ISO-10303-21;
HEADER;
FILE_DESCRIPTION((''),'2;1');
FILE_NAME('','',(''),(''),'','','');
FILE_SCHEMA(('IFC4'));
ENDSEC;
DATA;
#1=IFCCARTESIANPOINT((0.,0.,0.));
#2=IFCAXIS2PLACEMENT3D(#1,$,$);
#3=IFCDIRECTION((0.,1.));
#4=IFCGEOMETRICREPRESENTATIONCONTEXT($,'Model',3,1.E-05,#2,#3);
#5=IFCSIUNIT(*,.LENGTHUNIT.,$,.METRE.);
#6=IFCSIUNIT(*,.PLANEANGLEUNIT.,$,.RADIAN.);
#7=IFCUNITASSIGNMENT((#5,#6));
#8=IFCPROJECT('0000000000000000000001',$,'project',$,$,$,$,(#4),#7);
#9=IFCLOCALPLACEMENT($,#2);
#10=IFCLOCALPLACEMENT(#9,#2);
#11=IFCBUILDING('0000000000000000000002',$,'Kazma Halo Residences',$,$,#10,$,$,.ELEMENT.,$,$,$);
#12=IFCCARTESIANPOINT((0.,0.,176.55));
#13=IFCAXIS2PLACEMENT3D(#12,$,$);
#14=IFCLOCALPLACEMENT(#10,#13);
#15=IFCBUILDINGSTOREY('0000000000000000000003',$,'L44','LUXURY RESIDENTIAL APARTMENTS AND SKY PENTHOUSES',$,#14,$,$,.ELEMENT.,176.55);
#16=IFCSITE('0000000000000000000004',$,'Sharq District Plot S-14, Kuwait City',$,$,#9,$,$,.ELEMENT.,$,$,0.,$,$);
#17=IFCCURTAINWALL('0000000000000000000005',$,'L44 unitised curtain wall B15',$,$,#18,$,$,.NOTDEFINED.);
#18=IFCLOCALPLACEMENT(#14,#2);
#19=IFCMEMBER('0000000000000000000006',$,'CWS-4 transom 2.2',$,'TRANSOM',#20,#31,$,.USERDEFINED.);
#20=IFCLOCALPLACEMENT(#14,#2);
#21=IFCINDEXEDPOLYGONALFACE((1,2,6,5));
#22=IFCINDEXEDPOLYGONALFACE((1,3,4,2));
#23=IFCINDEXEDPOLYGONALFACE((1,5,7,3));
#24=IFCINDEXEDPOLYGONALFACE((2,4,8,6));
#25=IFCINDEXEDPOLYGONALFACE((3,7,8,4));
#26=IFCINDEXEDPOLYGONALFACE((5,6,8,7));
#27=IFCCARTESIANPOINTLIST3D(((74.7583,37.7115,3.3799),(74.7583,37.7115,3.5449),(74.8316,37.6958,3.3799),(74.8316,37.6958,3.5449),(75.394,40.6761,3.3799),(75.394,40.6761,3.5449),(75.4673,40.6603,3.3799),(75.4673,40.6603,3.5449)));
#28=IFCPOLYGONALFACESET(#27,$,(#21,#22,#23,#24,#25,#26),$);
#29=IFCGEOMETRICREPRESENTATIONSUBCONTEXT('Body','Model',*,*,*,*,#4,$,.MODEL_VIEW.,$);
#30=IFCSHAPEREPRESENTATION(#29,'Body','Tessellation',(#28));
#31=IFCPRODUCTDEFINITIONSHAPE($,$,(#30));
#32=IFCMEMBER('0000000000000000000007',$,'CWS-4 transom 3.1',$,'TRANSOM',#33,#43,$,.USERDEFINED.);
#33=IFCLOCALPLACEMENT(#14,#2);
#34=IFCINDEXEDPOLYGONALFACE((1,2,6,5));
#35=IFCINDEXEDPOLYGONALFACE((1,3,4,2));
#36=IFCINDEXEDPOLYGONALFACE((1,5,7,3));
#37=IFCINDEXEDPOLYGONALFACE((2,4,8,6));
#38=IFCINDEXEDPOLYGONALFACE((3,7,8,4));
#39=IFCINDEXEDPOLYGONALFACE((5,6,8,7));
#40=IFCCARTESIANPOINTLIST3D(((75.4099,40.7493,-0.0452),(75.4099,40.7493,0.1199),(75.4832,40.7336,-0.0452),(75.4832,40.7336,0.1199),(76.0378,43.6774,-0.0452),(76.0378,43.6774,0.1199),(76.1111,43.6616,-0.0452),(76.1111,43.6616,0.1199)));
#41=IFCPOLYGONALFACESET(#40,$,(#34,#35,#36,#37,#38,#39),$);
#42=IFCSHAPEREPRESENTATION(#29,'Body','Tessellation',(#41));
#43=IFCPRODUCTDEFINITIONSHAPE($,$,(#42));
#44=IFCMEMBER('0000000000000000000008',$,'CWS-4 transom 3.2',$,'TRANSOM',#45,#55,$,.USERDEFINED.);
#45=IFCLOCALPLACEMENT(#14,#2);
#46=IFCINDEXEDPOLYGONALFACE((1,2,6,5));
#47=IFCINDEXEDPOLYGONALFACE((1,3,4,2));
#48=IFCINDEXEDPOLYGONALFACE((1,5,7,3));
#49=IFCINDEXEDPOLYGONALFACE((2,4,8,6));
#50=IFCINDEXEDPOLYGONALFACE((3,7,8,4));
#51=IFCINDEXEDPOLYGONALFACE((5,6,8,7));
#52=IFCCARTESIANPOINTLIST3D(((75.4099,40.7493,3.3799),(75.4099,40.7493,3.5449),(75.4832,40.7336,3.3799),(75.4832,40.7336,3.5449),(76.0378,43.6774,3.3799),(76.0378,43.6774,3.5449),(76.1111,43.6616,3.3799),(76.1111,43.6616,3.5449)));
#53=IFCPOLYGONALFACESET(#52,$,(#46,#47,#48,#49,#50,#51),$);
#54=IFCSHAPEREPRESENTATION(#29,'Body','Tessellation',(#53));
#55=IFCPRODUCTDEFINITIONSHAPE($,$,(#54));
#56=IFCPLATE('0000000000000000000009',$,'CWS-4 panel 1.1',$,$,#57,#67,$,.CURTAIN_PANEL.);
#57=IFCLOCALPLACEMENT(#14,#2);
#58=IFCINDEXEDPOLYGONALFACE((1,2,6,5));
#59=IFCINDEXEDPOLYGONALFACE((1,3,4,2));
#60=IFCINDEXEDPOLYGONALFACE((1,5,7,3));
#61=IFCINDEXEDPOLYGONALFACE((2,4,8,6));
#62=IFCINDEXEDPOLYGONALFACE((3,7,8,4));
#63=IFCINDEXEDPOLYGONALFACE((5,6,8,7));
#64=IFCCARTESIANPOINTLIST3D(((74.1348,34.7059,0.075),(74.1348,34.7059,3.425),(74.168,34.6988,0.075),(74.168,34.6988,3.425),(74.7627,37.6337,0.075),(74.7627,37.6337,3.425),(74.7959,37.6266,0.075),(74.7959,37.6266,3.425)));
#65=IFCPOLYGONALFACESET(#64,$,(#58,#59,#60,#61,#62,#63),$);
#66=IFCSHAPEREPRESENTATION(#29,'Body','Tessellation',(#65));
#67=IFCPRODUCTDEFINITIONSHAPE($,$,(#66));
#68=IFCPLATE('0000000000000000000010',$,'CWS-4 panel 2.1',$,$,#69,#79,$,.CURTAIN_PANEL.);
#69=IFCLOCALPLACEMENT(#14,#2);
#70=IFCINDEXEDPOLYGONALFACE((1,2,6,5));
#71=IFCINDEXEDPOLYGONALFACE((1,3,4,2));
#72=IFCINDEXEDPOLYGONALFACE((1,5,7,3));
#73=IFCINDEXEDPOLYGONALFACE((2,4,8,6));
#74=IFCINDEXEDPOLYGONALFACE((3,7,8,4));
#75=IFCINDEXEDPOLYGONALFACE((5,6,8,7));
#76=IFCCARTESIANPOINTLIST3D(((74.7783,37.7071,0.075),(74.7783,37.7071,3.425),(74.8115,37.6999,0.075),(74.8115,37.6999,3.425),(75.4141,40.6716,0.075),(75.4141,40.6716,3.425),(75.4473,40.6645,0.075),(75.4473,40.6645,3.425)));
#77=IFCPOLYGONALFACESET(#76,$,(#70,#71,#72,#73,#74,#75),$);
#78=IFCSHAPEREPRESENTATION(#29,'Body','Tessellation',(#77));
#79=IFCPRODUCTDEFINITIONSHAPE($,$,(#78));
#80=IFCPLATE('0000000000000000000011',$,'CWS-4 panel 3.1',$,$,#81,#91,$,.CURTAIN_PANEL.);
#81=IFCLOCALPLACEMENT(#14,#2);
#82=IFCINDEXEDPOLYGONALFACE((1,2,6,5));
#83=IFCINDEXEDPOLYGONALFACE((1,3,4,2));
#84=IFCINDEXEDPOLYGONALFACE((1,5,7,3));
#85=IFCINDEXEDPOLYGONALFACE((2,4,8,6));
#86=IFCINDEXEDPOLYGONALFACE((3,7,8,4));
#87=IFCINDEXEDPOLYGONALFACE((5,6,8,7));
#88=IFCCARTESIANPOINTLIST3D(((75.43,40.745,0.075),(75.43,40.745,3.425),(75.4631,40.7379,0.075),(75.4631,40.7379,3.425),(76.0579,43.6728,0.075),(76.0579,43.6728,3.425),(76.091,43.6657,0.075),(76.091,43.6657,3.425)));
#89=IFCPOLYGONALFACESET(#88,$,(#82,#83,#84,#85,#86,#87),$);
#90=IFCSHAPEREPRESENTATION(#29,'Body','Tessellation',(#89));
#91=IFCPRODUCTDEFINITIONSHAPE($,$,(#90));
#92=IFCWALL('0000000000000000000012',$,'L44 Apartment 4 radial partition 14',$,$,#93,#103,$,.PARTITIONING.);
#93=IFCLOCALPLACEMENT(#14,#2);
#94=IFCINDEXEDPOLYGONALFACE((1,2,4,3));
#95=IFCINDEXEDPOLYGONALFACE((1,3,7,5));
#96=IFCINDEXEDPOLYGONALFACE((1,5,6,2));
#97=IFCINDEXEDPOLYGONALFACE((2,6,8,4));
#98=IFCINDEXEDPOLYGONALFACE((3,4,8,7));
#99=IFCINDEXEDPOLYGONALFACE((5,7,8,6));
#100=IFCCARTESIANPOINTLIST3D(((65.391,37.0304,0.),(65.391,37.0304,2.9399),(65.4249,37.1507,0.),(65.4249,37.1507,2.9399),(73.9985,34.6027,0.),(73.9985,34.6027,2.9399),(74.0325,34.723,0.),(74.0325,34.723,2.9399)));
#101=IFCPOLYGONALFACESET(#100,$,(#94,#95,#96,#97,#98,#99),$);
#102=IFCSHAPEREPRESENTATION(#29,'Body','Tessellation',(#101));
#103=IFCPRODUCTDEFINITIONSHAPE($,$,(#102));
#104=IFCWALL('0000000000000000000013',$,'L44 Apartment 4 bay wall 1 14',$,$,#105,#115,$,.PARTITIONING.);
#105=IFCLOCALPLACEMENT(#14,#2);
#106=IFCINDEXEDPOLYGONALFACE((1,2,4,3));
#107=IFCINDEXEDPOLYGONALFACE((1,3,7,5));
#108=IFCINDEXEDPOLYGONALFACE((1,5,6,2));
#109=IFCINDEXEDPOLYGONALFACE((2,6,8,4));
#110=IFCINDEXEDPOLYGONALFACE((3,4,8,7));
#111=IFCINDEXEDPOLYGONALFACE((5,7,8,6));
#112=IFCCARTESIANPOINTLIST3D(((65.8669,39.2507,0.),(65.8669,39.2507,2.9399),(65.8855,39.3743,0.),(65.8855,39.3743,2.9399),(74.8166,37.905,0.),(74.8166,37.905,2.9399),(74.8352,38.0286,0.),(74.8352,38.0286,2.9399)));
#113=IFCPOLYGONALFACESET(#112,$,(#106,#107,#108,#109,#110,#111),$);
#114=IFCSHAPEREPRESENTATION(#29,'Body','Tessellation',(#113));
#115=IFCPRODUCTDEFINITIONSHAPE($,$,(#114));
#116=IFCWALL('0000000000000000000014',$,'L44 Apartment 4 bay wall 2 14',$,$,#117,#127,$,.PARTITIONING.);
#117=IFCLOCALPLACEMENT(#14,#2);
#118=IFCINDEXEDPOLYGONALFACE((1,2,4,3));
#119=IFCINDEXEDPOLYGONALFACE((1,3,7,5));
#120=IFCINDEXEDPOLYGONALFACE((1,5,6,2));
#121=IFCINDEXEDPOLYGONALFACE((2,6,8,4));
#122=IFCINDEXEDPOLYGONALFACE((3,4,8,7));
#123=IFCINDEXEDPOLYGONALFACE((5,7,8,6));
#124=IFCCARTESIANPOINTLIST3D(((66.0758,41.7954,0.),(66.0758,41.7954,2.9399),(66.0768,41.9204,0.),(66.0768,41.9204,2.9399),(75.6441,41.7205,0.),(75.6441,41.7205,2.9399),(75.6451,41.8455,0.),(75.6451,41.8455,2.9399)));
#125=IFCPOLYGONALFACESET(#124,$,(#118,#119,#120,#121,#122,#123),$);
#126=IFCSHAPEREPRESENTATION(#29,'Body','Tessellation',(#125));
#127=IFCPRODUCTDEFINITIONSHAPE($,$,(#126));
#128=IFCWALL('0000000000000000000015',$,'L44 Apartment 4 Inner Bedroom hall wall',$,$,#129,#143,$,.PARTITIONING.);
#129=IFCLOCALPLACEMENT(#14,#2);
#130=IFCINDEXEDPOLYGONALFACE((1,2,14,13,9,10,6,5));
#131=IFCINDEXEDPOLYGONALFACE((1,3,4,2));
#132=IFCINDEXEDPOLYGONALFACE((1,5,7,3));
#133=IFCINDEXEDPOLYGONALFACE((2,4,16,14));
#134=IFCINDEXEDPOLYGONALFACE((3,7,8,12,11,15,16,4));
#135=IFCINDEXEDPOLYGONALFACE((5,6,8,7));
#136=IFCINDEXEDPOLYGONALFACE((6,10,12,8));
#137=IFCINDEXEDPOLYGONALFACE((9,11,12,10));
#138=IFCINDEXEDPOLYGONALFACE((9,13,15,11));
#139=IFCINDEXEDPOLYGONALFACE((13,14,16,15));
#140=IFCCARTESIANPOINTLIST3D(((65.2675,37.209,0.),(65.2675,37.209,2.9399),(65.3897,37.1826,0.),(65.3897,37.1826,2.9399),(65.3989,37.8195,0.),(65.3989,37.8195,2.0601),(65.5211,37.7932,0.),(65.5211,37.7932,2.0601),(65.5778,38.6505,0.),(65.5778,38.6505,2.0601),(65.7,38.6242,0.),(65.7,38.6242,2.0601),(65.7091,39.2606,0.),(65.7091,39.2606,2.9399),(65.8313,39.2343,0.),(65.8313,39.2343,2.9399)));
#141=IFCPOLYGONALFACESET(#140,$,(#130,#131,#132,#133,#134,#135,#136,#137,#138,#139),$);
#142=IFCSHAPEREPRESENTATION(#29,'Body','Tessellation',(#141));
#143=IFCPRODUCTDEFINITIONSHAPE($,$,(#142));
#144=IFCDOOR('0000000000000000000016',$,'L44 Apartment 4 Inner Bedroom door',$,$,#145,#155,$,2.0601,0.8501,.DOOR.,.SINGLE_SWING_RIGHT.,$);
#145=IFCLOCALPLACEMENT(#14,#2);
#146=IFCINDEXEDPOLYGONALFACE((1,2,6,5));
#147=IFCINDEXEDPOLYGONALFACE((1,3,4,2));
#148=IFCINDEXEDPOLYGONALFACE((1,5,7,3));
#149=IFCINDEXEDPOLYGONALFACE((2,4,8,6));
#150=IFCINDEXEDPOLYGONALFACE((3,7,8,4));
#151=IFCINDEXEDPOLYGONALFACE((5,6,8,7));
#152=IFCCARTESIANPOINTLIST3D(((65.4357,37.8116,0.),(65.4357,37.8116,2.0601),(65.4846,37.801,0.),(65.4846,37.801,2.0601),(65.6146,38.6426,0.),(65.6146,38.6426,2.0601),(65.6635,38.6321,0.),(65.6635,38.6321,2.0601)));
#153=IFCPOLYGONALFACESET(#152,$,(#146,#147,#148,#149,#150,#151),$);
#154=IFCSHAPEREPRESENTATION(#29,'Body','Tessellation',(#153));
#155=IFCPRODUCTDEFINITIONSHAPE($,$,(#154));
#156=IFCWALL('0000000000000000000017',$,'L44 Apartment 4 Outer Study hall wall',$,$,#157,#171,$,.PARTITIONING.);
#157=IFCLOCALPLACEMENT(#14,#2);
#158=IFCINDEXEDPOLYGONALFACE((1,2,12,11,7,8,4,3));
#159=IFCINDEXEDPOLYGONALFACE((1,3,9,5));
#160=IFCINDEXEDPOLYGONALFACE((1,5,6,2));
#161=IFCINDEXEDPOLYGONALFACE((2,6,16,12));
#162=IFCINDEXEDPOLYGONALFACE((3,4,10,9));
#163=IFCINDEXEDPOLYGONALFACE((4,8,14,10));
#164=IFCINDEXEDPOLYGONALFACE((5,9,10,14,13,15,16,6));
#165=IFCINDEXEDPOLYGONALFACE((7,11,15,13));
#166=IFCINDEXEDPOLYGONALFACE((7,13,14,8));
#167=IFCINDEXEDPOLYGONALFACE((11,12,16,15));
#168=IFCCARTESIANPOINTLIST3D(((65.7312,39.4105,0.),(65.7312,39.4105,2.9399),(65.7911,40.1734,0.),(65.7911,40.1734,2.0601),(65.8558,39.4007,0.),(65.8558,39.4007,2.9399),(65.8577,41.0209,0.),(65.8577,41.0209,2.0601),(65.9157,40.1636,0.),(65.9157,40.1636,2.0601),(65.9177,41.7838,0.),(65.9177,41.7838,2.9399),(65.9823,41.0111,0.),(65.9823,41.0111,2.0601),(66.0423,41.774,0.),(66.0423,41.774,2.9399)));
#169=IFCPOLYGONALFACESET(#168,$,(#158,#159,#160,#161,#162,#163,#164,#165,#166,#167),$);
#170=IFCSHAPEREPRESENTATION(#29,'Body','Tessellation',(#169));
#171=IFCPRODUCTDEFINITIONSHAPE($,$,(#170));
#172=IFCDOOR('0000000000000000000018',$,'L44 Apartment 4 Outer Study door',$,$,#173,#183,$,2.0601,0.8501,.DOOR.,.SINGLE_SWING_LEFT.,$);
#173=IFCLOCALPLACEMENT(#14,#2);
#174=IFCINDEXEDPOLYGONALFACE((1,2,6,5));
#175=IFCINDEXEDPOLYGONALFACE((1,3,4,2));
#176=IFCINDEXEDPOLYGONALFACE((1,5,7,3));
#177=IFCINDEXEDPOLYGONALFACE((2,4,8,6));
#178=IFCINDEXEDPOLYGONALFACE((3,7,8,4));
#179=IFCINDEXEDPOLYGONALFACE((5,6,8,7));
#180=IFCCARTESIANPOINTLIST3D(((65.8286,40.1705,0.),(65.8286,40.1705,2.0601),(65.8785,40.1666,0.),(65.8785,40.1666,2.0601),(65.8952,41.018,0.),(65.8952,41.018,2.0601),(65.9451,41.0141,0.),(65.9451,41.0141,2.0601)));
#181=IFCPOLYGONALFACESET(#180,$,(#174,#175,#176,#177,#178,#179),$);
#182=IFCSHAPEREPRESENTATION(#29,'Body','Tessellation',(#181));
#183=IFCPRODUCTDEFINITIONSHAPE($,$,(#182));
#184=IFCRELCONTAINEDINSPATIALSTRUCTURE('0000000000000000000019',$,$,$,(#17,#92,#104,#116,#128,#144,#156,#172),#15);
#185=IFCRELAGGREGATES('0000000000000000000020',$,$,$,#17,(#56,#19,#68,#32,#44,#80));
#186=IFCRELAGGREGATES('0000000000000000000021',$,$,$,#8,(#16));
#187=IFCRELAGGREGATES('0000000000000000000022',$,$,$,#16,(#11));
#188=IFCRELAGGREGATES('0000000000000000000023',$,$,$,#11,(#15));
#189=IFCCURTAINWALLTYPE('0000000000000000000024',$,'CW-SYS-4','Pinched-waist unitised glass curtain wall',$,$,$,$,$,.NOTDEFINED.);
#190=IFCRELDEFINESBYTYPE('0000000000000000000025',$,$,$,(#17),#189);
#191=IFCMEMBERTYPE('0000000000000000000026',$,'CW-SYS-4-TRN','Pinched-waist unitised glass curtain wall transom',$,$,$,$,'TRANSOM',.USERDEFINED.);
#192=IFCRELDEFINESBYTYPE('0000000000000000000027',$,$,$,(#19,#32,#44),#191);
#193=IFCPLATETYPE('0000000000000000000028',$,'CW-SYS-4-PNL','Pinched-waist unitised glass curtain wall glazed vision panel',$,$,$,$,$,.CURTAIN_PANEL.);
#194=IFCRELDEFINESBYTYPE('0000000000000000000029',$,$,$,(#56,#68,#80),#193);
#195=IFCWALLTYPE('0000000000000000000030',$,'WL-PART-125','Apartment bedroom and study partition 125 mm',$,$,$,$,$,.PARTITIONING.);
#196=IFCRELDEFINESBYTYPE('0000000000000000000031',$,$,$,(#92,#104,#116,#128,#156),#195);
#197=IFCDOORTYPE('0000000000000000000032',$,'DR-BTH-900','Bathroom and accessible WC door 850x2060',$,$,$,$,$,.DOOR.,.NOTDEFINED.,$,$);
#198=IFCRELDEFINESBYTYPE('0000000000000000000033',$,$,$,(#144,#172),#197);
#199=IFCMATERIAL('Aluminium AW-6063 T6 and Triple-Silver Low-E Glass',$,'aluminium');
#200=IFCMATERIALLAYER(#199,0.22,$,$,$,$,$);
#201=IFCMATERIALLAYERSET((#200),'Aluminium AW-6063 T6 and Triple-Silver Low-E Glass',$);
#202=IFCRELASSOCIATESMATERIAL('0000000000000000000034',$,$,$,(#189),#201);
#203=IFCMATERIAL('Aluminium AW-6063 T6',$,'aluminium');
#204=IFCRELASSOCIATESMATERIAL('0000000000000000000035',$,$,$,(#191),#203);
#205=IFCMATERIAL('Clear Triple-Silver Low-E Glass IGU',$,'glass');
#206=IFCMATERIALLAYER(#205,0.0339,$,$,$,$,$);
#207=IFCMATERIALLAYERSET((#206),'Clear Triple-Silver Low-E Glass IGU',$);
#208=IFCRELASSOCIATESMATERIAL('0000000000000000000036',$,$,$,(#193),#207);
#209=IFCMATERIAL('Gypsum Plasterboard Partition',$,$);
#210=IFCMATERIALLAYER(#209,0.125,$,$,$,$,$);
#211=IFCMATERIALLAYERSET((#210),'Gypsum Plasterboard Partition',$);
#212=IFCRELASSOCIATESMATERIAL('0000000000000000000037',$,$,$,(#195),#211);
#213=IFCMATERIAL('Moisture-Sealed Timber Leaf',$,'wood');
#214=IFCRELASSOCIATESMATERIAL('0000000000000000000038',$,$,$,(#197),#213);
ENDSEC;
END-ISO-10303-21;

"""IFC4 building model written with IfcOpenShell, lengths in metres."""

from ifc_helpers import new_model, si_unit, direction, frame, frame_2d, origin, origin_2d, place, context, subcontext, project, spatial, rectangle, extrude, material, layer, layer_set, material_profile, profile_set, type_object, element, fill, aggregate, save


model = new_model("IFC4")

# Units and contexts
model_context = context("Model", 3, precision=1e-05, world=origin(), true_north=direction((0.0, 1.0)))
body_context = subcontext(model_context, "Body", "Model", "MODEL_VIEW")
ifc_project = project(units=[si_unit("LENGTHUNIT", "METRE"), si_unit("PLANEANGLEUNIT", "RADIAN")], contexts=[model_context])

# Site, building, storey
site_placement = place(None, origin())
site = spatial("IfcSite", under=ifc_project, at=site_placement, Name="Sharq District Plot S-14, Kuwait City", CompositionType="ELEMENT", RefElevation=0.0)
building_placement = place(site_placement, origin())
building = spatial("IfcBuilding", under=site, at=building_placement, Name="Kazma Halo Residences", CompositionType="ELEMENT")
storey_placement = place(building_placement, frame((0.0, 0.0, 176.55)))
storey = spatial("IfcBuildingStorey", under=building, at=storey_placement, Name="L44", Description="LUXURY RESIDENTIAL APARTMENTS AND SKY PENTHOUSES", CompositionType="ELEMENT", Elevation=176.55)

# Curtain wall, members, plates
ifc_material_1 = material(Name="Aluminium AW-6063 T6 and Triple-Silver Low-E Glass", Category="aluminium")
ifc_layer_1 = layer(ifc_material_1, 0.22)
ifc_layer_set_1 = layer_set([ifc_layer_1], Name="Aluminium AW-6063 T6 and Triple-Silver Low-E Glass")
curtain_wall_type = type_object("IfcCurtainWallType", Name="CW-SYS-4", Description="Pinched-waist unitised glass curtain wall", PredefinedType="NOTDEFINED", material=ifc_layer_set_1)
curtain_wall_placement = place(storey_placement, origin())
curtain_wall = element("IfcCurtainWall", 1, at=curtain_wall_placement, inside=storey, type_object=curtain_wall_type, Name="L44 unitised curtain wall B15", PredefinedType="NOTDEFINED")
ifc_material_2 = material(Name="Aluminium AW-6063 T6", Category="aluminium")
ifc_material_profile_1 = material_profile(ifc_material_2, rectangle(XDim=0.075, YDim=0.165, at=origin_2d()), Name="CWT-75x165")
ifc_profile_set_1 = profile_set([ifc_material_profile_1], Name="Aluminium AW-6063 T6")
member_type_1 = type_object("IfcMemberType", Name="CW-SYS-4-TRN", Description="Pinched-waist unitised glass curtain wall transom", ElementType="TRANSOM", PredefinedType="USERDEFINED", material=ifc_profile_set_1)
member_1_placement = place(storey_placement, frame((74.7949, 37.7036, 3.4624), z_axis=(0.209678, 0.977771, 0.0), x_axis=(-0.977771, 0.209678, 0.0)))
member_1 = element("IfcMember", 2, at=member_1_placement, type_object=member_type_1, Name="CWS-4 transom 2.2", ObjectType="TRANSOM", PredefinedType="USERDEFINED", context=body_context, shape_type="SweptSolid", body=[
    extrude(rectangle(XDim=0.075, YDim=0.165, at=origin_2d()), origin(), (0.0, 0.0, 1.0), 3.032),
])
member_2_placement = place(storey_placement, frame((75.4465, 40.7415, 0.0374), z_axis=(0.209691, 0.977768, 0.0), x_axis=(-0.977768, 0.209691, 0.0)))
member_2 = element("IfcMember", 3, at=member_2_placement, type_object=member_type_1, Name="CWS-4 transom 3.1", ObjectType="TRANSOM", PredefinedType="USERDEFINED", context=body_context, shape_type="SweptSolid", body=[
    extrude(rectangle(XDim=0.075, YDim=0.165, at=origin_2d()), origin(), (0.0, 0.0, 1.0), 2.9946),
])
member_3_placement = place(storey_placement, frame((75.4465, 40.7415, 3.4624), z_axis=(0.209691, 0.977768, 0.0), x_axis=(-0.977768, 0.209691, 0.0)))
member_3 = element("IfcMember", 4, at=member_3_placement, type_object=member_type_1, Name="CWS-4 transom 3.2", ObjectType="TRANSOM", PredefinedType="USERDEFINED", context=body_context, shape_type="SweptSolid", body=[
    extrude(rectangle(XDim=0.075, YDim=0.165, at=origin_2d()), origin(), (0.0, 0.0, 1.0), 2.9946),
])
ifc_material_3 = material(Name="Clear Triple-Silver Low-E Glass IGU", Category="glass")
ifc_layer_2 = layer(ifc_material_3, 0.0339)
ifc_layer_set_2 = layer_set([ifc_layer_2], Name="Clear Triple-Silver Low-E Glass IGU")
plate_type = type_object("IfcPlateType", Name="CW-SYS-4-PNL", Description="Pinched-waist unitised glass curtain wall glazed vision panel", PredefinedType="CURTAIN_PANEL", material=ifc_layer_set_2)
plate_1_placement = place(storey_placement, frame((74.4653, 36.1663, 0.075), z_axis=(0.0, 0.0, 1.0), x_axis=(0.20969, 0.977768, 0.0)))
plate_1 = element("IfcPlate", 5, at=plate_1_placement, type_object=plate_type, Name="CWS-4 panel 1.1", PredefinedType="CURTAIN_PANEL", context=body_context, shape_type="SweptSolid", body=[
    extrude(rectangle(XDim=2.9944, YDim=0.0339, at=origin_2d()), origin(), (0.0, 0.0, 1.0), 3.3501),
])
plate_2_placement = place(storey_placement, frame((75.1128, 39.1858, 0.075), z_axis=(0.0, 0.0, 1.0), x_axis=(0.20969, 0.977768, 0.0)))
plate_2 = element("IfcPlate", 6, at=plate_2_placement, type_object=plate_type, Name="CWS-4 panel 2.1", PredefinedType="CURTAIN_PANEL", context=body_context, shape_type="SweptSolid", body=[
    extrude(rectangle(XDim=3.032, YDim=0.0339, at=origin_2d()), origin(), (0.0, 0.0, 1.0), 3.3501),
])
plate_3_placement = place(storey_placement, frame((75.7605, 42.2053, 0.075), z_axis=(0.0, 0.0, 1.0), x_axis=(0.20969, 0.977768, 0.0)))
plate_3 = element("IfcPlate", 7, at=plate_3_placement, type_object=plate_type, Name="CWS-4 panel 3.1", PredefinedType="CURTAIN_PANEL", context=body_context, shape_type="SweptSolid", body=[
    extrude(rectangle(XDim=2.9944, YDim=0.0339, at=origin_2d()), origin(), (0.0, 0.0, 1.0), 3.3501),
])
aggregate(curtain_wall, [plate_1, member_1, plate_2, member_2, member_3, plate_3])

# Walls
ifc_material_4 = material(Name="Gypsum Plasterboard Partition")
ifc_layer_3 = layer(ifc_material_4, 0.125)
ifc_layer_set_3 = layer_set([ifc_layer_3], Name="Gypsum Plasterboard Partition")
wall_type = type_object("IfcWallType", Name="WL-PART-125", Description="Apartment bedroom and study partition 125 mm", PredefinedType="PARTITIONING", material=ifc_layer_set_3)
wall_1_placement = place(storey_placement, frame((65.408, 37.0906, 0.0), z_axis=(0.0, 0.0, 1.0), x_axis=(0.96245, -0.27146, 0.0)))
element("IfcWall", 8, at=wall_1_placement, inside=storey, type_object=wall_type, Name="L44 Apartment 4 radial partition 14", PredefinedType="PARTITIONING", context=body_context, shape_type="SweptSolid", body=[
    extrude(rectangle(XDim=8.9434, YDim=0.125, at=frame_2d((4.4717, 0.0))), origin(), (0.0, 0.0, 1.0), 2.9399),
])
wall_2_placement = place(storey_placement, frame((65.8762, 39.3125, 0.0), z_axis=(0.0, 0.0, 1.0), x_axis=(0.988884, -0.148691, 0.0)))
element("IfcWall", 9, at=wall_2_placement, inside=storey, type_object=wall_type, Name="L44 Apartment 4 bay wall 1 14", PredefinedType="PARTITIONING", context=body_context, shape_type="SweptSolid", body=[
    extrude(rectangle(XDim=9.0503, YDim=0.125, at=frame_2d((4.5251, 0.0))), origin(), (0.0, 0.0, 1.0), 2.9399),
])
wall_3_placement = place(storey_placement, frame((66.0764, 41.8579, 0.0), z_axis=(0.0, 0.0, 1.0), x_axis=(0.999969, -0.007833, 0.0)))
element("IfcWall", 10, at=wall_3_placement, inside=storey, type_object=wall_type, Name="L44 Apartment 4 bay wall 2 14", PredefinedType="PARTITIONING", context=body_context, shape_type="SweptSolid", body=[
    extrude(rectangle(XDim=9.5686, YDim=0.125, at=frame_2d((4.7842, 0.0))), origin(), (0.0, 0.0, 1.0), 2.9399),
])

# Walls, openings, doors
wall_4_placement = place(storey_placement, frame((65.3286, 37.1958, 0.0), z_axis=(0.0, 0.0, 1.0), x_axis=(0.210435, 0.977608, 0.0)))
wall_4 = element("IfcWall", 11, at=wall_4_placement, inside=storey, type_object=wall_type, Name="L44 Apartment 4 Inner Bedroom hall wall", PredefinedType="PARTITIONING", context=body_context, shape_type="SweptSolid", body=[
    extrude(rectangle(XDim=2.0986, YDim=0.125, at=frame_2d((1.0493, 0.0))), origin(), (0.0, 0.0, 1.0), 2.9399),
])
opening_1_placement = place(wall_4_placement, frame((0.6245, 0.0, 0.0)))
opening_1 = element("IfcOpeningElement", 12, at=opening_1_placement, cuts=wall_4, PredefinedType="OPENING", context=body_context, shape_type="SweptSolid", body=[
    extrude(rectangle(XDim=0.8501, YDim=2.0601, at=frame_2d((0.425, 1.03))), frame((0.0, 0.0725, 0.0), z_axis=(0.0, -1.0, 0.0), x_axis=(1.0, 0.0, 0.0)), (0.0, 0.0, 1.0), 0.145),
])
ifc_material_5 = material(Name="Moisture-Sealed Timber Leaf", Category="wood")
door_type = type_object("IfcDoorType", Name="DR-BTH-900", Description="Bathroom and accessible WC door 850x2060", OperationType="NOTDEFINED", PredefinedType="DOOR", material=ifc_material_5)
door_1_placement = place(opening_1_placement, origin())
door_1 = element("IfcDoor", 13, at=door_1_placement, inside=storey, type_object=door_type, Name="L44 Apartment 4 Inner Bedroom door", OperationType="SINGLE_SWING_RIGHT", OverallHeight=2.0601, OverallWidth=0.8501, PredefinedType="DOOR", context=body_context, shape_type="SweptSolid", body=[
    extrude(rectangle(XDim=0.8501, YDim=2.0601, at=frame_2d((0.425, 1.03))), frame((0.0, 0.0249, 0.0), z_axis=(0.0, -1.0, 0.0), x_axis=(1.0, 0.0, 0.0)), (0.0, 0.0, 1.0), 0.05),
])
fill(opening_1, door_1)
wall_5_placement = place(storey_placement, frame((65.7935, 39.4055, 0.0), z_axis=(0.0, 0.0, 1.0), x_axis=(0.078351, 0.996926, 0.0)))
wall_5 = element("IfcWall", 14, at=wall_5_placement, inside=storey, type_object=wall_type, Name="L44 Apartment 4 Outer Study hall wall", PredefinedType="PARTITIONING", context=body_context, shape_type="SweptSolid", body=[
    extrude(rectangle(XDim=2.3806, YDim=0.125, at=frame_2d((1.1904, 0.0))), origin(), (0.0, 0.0, 1.0), 2.9399),
])
opening_2_placement = place(wall_5_placement, frame((0.7654, 0.0, 0.0)))
opening_2 = element("IfcOpeningElement", 15, at=opening_2_placement, cuts=wall_5, PredefinedType="OPENING", context=body_context, shape_type="SweptSolid", body=[
    extrude(rectangle(XDim=0.8501, YDim=2.0601, at=frame_2d((0.425, 1.03))), frame((0.0, 0.0725, 0.0), z_axis=(0.0, -1.0, 0.0), x_axis=(1.0, 0.0, 0.0)), (0.0, 0.0, 1.0), 0.145),
])
door_2_placement = place(opening_2_placement, origin())
door_2 = element("IfcDoor", 16, at=door_2_placement, inside=storey, type_object=door_type, Name="L44 Apartment 4 Outer Study door", OperationType="SINGLE_SWING_LEFT", OverallHeight=2.0601, OverallWidth=0.8501, PredefinedType="DOOR", context=body_context, shape_type="SweptSolid", body=[
    extrude(rectangle(XDim=0.8501, YDim=2.0601, at=frame_2d((0.425, 1.03))), frame((0.0, 0.0249, 0.0), z_axis=(0.0, -1.0, 0.0), x_axis=(1.0, 0.0, 0.0)), (0.0, 0.0, 1.0), 0.05),
])
fill(opening_2, door_2)

save(model, "model.ifc")
